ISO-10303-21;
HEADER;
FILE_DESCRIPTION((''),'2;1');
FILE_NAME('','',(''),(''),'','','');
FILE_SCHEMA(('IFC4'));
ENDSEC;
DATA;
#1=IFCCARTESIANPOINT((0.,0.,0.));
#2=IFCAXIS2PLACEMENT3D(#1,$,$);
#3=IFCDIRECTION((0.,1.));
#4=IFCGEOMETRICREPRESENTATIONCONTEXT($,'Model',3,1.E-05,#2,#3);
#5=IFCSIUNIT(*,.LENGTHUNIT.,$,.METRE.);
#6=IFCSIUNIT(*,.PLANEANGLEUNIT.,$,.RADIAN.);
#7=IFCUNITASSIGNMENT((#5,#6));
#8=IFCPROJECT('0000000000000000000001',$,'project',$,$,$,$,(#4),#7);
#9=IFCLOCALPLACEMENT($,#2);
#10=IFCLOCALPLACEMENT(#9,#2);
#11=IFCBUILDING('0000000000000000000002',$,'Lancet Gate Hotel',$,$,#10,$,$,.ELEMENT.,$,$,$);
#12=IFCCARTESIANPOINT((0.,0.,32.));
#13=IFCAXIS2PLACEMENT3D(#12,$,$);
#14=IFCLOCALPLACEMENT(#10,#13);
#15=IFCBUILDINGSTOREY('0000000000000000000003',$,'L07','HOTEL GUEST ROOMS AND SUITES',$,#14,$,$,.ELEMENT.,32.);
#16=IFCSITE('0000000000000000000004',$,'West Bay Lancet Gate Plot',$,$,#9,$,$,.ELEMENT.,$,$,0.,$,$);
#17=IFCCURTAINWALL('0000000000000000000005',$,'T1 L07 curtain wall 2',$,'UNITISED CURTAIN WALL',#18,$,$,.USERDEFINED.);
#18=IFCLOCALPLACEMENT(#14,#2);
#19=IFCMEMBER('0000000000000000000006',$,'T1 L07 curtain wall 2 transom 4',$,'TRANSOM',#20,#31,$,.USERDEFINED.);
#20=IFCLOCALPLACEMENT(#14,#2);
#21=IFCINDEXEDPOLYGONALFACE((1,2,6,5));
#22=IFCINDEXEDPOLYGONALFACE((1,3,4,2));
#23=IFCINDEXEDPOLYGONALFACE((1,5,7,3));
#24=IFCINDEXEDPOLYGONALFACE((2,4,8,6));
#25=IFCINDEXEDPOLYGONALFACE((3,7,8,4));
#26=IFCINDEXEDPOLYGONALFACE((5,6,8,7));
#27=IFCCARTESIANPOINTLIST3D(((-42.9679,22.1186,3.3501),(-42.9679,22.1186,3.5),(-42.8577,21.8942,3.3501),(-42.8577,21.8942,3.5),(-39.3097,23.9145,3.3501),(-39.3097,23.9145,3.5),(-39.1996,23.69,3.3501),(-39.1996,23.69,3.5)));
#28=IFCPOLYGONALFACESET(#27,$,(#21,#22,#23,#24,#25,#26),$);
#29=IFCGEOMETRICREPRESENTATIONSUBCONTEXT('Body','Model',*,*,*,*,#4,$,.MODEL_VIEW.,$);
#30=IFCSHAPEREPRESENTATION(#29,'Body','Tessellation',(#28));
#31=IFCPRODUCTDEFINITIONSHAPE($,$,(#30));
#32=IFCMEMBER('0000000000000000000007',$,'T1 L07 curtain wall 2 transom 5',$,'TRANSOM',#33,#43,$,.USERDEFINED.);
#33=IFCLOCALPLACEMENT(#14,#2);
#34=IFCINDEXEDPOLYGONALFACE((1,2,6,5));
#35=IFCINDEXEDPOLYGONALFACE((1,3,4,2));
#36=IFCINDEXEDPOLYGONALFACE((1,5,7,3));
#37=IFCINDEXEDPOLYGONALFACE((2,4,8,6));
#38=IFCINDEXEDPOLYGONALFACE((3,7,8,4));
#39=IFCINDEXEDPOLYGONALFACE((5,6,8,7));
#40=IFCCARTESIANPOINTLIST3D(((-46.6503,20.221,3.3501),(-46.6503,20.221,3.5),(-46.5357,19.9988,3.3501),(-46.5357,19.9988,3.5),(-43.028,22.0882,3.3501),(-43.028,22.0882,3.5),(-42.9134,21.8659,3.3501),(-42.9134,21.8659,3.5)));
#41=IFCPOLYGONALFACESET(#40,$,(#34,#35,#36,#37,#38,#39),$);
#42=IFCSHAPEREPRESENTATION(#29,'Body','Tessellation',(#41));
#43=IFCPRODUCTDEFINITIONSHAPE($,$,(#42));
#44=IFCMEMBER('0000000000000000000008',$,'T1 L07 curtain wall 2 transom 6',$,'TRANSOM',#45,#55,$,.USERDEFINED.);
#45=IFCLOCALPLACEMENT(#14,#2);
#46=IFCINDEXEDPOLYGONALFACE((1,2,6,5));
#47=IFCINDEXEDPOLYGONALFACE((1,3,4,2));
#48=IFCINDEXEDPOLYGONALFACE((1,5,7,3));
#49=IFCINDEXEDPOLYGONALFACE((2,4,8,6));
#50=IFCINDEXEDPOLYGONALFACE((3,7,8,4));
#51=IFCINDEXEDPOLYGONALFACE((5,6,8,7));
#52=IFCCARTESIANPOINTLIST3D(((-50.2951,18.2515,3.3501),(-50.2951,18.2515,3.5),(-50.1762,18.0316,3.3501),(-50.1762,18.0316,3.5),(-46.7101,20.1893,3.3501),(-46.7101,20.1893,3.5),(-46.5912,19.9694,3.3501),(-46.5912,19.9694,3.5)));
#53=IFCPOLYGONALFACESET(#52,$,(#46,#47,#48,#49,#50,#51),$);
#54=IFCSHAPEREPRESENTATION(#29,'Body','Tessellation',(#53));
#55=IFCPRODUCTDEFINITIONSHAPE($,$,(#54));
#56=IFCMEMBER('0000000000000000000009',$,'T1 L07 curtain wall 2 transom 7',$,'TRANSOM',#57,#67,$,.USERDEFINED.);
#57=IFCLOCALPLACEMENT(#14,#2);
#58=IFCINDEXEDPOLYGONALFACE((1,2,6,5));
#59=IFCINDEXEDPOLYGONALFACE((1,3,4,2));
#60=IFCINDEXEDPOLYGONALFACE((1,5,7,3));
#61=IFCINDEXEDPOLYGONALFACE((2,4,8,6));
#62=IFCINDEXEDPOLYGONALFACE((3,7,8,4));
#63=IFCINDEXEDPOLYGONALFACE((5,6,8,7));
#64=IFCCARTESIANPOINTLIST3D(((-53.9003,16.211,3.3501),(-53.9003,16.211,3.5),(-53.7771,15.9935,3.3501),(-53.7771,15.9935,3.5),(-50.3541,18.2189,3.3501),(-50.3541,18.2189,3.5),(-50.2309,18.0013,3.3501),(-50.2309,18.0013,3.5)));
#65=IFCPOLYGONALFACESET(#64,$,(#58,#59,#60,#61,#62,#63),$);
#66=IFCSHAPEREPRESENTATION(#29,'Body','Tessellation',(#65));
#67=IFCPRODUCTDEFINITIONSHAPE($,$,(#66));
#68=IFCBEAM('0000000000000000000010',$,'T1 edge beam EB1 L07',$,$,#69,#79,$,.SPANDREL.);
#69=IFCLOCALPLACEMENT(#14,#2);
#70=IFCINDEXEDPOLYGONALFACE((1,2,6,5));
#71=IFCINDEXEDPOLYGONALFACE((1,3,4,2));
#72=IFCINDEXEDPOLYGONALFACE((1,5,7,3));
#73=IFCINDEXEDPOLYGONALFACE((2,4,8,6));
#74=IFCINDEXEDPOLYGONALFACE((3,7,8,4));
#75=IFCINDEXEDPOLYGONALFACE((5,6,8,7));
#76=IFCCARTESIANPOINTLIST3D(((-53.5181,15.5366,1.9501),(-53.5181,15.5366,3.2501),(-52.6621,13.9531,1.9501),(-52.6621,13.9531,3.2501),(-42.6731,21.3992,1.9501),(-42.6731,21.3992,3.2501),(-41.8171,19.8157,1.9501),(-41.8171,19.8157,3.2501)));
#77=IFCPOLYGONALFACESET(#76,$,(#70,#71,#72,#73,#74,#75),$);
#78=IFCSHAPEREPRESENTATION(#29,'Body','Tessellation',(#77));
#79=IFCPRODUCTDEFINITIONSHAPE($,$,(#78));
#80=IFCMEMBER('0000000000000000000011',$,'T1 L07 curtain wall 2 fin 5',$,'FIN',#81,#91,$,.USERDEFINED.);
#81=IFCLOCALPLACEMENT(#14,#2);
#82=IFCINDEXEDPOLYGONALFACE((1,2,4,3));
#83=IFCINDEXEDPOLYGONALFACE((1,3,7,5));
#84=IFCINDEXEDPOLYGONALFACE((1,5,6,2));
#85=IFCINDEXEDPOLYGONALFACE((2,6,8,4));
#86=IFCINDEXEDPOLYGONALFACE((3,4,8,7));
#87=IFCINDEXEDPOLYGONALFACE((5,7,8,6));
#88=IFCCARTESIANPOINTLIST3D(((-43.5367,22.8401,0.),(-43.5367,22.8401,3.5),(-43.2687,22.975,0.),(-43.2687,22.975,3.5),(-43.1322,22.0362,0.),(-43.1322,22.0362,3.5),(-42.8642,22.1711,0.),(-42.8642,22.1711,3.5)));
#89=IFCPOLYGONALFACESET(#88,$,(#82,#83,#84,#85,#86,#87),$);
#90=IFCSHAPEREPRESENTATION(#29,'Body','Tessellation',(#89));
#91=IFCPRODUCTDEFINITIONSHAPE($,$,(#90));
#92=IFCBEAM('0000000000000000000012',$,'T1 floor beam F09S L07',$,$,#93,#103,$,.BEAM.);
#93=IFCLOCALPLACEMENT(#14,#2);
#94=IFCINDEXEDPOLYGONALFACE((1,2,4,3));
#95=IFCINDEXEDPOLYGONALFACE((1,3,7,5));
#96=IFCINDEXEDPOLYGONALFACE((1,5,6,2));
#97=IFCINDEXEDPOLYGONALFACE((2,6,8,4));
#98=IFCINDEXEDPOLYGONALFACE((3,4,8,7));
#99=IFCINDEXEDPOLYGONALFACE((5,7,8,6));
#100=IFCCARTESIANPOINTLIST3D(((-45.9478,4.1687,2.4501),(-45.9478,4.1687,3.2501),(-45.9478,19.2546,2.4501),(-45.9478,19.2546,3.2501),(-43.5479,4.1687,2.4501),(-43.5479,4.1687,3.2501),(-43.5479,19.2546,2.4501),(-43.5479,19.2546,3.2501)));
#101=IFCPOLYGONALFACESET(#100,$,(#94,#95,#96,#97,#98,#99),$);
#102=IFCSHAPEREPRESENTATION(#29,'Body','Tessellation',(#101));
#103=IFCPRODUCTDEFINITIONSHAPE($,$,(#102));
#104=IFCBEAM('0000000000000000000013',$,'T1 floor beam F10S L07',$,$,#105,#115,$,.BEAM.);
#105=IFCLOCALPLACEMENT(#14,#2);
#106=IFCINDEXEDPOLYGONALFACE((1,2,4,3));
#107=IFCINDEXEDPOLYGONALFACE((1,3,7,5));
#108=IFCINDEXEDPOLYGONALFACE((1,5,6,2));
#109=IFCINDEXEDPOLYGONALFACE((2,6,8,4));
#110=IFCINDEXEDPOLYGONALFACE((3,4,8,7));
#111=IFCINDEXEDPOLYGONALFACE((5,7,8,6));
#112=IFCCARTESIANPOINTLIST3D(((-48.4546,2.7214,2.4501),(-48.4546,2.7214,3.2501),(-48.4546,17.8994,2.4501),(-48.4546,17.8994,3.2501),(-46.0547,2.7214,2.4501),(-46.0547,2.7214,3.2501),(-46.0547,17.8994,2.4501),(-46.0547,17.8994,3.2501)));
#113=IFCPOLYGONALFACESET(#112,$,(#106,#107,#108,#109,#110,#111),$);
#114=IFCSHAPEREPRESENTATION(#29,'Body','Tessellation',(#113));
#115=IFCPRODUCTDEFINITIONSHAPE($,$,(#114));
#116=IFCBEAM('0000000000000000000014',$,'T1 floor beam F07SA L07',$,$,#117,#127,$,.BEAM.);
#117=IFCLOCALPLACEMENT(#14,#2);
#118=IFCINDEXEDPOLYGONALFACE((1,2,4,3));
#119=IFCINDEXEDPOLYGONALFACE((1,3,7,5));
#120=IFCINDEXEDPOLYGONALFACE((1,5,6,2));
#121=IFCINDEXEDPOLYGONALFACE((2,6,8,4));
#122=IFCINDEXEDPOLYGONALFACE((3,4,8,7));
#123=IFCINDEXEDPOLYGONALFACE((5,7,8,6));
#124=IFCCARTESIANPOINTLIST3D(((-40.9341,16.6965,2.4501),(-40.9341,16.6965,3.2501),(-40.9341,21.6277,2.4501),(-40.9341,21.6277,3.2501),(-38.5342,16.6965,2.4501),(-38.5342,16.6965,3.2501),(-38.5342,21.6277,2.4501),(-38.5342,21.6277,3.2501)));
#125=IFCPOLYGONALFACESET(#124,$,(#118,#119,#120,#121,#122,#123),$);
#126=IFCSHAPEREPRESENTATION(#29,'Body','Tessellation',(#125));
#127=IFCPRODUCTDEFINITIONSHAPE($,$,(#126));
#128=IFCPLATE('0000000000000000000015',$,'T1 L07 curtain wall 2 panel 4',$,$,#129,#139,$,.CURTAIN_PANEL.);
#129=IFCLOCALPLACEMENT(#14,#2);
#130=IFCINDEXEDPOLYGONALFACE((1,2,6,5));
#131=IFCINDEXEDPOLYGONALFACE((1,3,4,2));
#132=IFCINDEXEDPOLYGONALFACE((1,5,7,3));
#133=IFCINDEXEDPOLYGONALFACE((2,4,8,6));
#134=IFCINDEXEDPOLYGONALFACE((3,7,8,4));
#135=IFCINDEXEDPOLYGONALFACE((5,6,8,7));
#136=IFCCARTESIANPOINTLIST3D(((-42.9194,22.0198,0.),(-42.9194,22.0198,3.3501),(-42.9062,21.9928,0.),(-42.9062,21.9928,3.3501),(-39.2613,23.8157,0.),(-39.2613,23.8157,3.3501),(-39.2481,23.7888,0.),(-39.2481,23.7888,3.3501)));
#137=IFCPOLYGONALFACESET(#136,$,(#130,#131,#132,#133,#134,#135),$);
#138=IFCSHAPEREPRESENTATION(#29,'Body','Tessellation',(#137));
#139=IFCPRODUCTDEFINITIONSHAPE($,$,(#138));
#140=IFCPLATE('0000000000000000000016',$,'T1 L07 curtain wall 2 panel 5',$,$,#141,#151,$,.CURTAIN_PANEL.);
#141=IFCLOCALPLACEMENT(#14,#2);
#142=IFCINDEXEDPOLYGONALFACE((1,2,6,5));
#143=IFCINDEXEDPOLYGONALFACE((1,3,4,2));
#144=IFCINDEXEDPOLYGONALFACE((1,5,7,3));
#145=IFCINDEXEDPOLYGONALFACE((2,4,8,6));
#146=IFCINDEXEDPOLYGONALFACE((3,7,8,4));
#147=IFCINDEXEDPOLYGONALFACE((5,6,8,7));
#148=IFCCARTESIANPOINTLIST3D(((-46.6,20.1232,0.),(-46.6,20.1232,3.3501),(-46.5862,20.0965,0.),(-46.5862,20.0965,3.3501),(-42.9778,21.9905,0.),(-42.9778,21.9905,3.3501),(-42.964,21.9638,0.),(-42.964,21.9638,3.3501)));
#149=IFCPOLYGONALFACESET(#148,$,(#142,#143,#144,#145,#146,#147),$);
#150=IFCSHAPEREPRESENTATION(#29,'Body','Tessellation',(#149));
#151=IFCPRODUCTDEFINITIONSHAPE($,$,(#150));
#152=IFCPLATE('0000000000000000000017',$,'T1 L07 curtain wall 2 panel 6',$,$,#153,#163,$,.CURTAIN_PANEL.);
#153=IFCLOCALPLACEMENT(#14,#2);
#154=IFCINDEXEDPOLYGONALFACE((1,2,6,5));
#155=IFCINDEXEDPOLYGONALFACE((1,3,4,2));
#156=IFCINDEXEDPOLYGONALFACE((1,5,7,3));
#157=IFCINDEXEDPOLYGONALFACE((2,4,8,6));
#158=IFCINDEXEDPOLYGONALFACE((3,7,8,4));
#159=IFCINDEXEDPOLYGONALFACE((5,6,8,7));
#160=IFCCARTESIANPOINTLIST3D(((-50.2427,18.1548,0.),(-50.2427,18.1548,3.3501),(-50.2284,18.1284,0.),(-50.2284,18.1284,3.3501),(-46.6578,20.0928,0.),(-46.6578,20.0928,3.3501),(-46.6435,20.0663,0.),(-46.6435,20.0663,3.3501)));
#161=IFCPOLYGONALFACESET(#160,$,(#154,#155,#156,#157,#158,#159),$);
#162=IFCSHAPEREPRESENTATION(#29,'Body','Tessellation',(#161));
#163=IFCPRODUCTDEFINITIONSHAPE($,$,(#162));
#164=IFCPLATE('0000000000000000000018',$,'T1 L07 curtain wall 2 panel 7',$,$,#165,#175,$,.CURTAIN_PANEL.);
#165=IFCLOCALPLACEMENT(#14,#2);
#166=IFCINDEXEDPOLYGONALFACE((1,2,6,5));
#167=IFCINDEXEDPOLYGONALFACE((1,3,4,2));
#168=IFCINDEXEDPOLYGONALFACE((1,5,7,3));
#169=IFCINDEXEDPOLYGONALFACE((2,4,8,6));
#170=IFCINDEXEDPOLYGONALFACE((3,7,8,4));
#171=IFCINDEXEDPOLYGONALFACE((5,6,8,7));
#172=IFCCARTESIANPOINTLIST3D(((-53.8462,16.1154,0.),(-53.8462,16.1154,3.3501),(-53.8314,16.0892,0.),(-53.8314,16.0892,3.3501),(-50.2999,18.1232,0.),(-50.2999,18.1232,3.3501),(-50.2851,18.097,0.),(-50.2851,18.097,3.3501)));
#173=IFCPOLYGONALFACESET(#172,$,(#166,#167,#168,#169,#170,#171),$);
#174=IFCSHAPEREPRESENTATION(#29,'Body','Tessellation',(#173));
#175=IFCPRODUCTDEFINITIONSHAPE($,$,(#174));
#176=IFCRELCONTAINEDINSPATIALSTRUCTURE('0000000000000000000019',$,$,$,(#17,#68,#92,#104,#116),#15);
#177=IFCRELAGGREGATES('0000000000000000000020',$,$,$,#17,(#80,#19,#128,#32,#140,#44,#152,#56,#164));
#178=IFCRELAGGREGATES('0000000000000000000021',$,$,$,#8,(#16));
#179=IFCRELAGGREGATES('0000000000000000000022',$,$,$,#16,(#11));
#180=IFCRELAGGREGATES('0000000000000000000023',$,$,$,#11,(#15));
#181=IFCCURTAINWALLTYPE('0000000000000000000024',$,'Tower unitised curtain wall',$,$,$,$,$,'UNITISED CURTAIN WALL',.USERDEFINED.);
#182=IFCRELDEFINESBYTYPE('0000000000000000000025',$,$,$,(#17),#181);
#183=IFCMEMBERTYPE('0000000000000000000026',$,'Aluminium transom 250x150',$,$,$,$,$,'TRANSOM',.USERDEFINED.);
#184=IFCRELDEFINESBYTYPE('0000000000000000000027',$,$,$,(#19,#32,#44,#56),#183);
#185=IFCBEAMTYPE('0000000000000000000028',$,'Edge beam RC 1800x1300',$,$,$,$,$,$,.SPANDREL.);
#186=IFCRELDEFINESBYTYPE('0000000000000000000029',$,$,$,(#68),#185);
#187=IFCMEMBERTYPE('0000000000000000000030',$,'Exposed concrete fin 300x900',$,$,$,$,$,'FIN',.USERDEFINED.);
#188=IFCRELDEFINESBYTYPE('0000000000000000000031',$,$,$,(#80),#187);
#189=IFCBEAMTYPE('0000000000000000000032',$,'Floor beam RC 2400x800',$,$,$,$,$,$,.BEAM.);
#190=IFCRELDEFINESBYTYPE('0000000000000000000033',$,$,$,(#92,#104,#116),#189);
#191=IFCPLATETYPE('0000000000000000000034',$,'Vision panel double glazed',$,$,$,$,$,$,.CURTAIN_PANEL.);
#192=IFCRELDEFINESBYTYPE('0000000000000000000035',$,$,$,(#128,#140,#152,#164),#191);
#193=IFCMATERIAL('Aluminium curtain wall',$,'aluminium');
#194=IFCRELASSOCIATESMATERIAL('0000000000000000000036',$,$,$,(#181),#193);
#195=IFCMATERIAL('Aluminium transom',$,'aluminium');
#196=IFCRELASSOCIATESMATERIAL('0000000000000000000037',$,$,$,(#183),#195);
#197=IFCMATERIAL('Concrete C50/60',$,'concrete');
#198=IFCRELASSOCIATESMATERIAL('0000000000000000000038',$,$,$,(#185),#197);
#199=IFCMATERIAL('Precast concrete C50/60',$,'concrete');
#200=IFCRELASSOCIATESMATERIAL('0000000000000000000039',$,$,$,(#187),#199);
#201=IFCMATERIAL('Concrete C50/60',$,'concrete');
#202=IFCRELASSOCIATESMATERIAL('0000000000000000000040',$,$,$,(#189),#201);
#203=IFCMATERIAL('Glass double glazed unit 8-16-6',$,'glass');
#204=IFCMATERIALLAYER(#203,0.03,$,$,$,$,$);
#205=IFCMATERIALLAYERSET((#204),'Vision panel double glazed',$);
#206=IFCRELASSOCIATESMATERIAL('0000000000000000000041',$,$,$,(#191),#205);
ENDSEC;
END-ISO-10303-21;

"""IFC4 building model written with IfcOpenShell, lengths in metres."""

from ifc_helpers import new_model, si_unit, direction, frame, origin, origin_2d, place, context, subcontext, project, spatial, rectangle, extrude, material, layer, layer_set, material_profile, profile_set, type_object, element, aggregate, save


model = new_model("IFC4")

# Units and contexts
model_context = context("Model", 3, precision=1e-05, world=origin(), true_north=direction((0.0, 1.0)))
body_context = subcontext(model_context, "Body", "Model", "MODEL_VIEW")
ifc_project = project(units=[si_unit("LENGTHUNIT", "METRE"), si_unit("PLANEANGLEUNIT", "RADIAN")], contexts=[model_context])

# Site, building, storey
site_placement = place(None, origin())
site = spatial("IfcSite", under=ifc_project, at=site_placement, Name="West Bay Lancet Gate Plot", CompositionType="ELEMENT", RefElevation=0.0)
building_placement = place(site_placement, origin())
building = spatial("IfcBuilding", under=site, at=building_placement, Name="Lancet Gate Hotel", CompositionType="ELEMENT")
storey_placement = place(building_placement, frame((0.0, 0.0, 32.0)))
storey = spatial("IfcBuildingStorey", under=building, at=storey_placement, Name="L07", Description="HOTEL GUEST ROOMS AND SUITES", CompositionType="ELEMENT", Elevation=32.0)

# Curtain wall, members
ifc_material_1 = material(Name="Aluminium curtain wall", Category="aluminium")
curtain_wall_type = type_object("IfcCurtainWallType", Name="Tower unitised curtain wall", ElementType="UNITISED CURTAIN WALL", PredefinedType="USERDEFINED", material=ifc_material_1)
curtain_wall_placement = place(storey_placement, origin())
curtain_wall = element("IfcCurtainWall", 1, at=curtain_wall_placement, inside=storey, type_object=curtain_wall_type, Name="T1 L07 curtain wall 2", ObjectType="UNITISED CURTAIN WALL", PredefinedType="USERDEFINED")
ifc_material_2 = material(Name="Aluminium transom", Category="aluminium")
ifc_material_profile_1 = material_profile(ifc_material_2, rectangle(XDim=0.25, YDim=0.1499, at=origin_2d()), Name="TRANSOM 250x150")
ifc_profile_set_1 = profile_set([ifc_material_profile_1], Name="Aluminium transom")
member_type_1 = type_object("IfcMemberType", Name="Aluminium transom 250x150", ElementType="TRANSOM", PredefinedType="USERDEFINED", material=ifc_profile_set_1)
member_1_placement = place(storey_placement, frame((-39.2546, 23.8022, 3.425), z_axis=(-0.897662, -0.440684, 0.0), x_axis=(0.440684, -0.897662, 0.0)))
member_1 = element("IfcMember", 2, at=member_1_placement, type_object=member_type_1, Name="T1 L07 curtain wall 2 transom 4", ObjectType="TRANSOM", PredefinedType="USERDEFINED", context=body_context, shape_type="SweptSolid", body=[
    extrude(rectangle(XDim=0.25, YDim=0.1499, at=origin_2d()), origin(), (0.0, 0.0, 1.0), 4.0752),
])
member_2_placement = place(storey_placement, frame((-42.9707, 21.9771, 3.425), z_axis=(-0.88886, -0.458179, 0.0), x_axis=(0.458179, -0.88886, 0.0)))
member_2 = element("IfcMember", 3, at=member_2_placement, type_object=member_type_1, Name="T1 L07 curtain wall 2 transom 5", ObjectType="TRANSOM", PredefinedType="USERDEFINED", context=body_context, shape_type="SweptSolid", body=[
    extrude(rectangle(XDim=0.25, YDim=0.1499, at=origin_2d()), origin(), (0.0, 0.0, 1.0), 4.0752),
])
member_3_placement = place(storey_placement, frame((-46.6506, 20.0793, 3.425), z_axis=(-0.879714, -0.475503, 0.0), x_axis=(0.475503, -0.879714, 0.0)))
member_3 = element("IfcMember", 4, at=member_3_placement, type_object=member_type_1, Name="T1 L07 curtain wall 2 transom 6", ObjectType="TRANSOM", PredefinedType="USERDEFINED", context=body_context, shape_type="SweptSolid", body=[
    extrude(rectangle(XDim=0.25, YDim=0.1499, at=origin_2d()), origin(), (0.0, 0.0, 1.0), 4.0752),
])
member_4_placement = place(storey_placement, frame((-50.2925, 18.1101, 3.425), z_axis=(-0.870198, -0.492703, 0.0), x_axis=(0.492703, -0.870198, 0.0)))
member_4 = element("IfcMember", 5, at=member_4_placement, type_object=member_type_1, Name="T1 L07 curtain wall 2 transom 7", ObjectType="TRANSOM", PredefinedType="USERDEFINED", context=body_context, shape_type="SweptSolid", body=[
    extrude(rectangle(XDim=0.25, YDim=0.1499, at=origin_2d()), origin(), (0.0, 0.0, 1.0), 4.0752),
])

# Beam
ifc_material_3 = material(Name="Concrete C50/60", Category="concrete")
ifc_material_profile_2 = material_profile(ifc_material_3, rectangle(XDim=1.8, YDim=1.3, at=origin_2d()), Name="RC 1800x1300")
ifc_profile_set_2 = profile_set([ifc_material_profile_2], Name="Concrete C50/60")
beam_type_1 = type_object("IfcBeamType", Name="Edge beam RC 1800x1300", PredefinedType="SPANDREL", material=ifc_profile_set_2)
beam_1_placement = place(storey_placement, frame((-42.2451, 20.6074, 2.6001), z_axis=(-0.879693, -0.475542, 0.0), x_axis=(0.475542, -0.879693, 0.0)))
element("IfcBeam", 6, at=beam_1_placement, inside=storey, type_object=beam_type_1, Name="T1 edge beam EB1 L07", PredefinedType="SPANDREL", context=body_context, shape_type="SweptSolid", body=[
    extrude(rectangle(XDim=1.8, YDim=1.3, at=origin_2d()), origin(), (0.0, 0.0, 1.0), 12.3281),
])

# Member
ifc_material_4 = material(Name="Precast concrete C50/60", Category="concrete")
ifc_material_profile_3 = material_profile(ifc_material_4, rectangle(XDim=0.3, YDim=0.8999, at=origin_2d()), Name="FIN 300x900")
ifc_profile_set_3 = profile_set([ifc_material_profile_3], Name="Precast concrete C50/60")
member_type_2 = type_object("IfcMemberType", Name="Exposed concrete fin 300x900", ElementType="FIN", PredefinedType="USERDEFINED", material=ifc_profile_set_3)
member_5_placement = place(storey_placement, frame((-43.2004, 22.5056, 0.0), z_axis=(0.0, 0.0, 1.0), x_axis=(-0.893292, -0.449478, 0.0)))
member_5 = element("IfcMember", 7, at=member_5_placement, type_object=member_type_2, Name="T1 L07 curtain wall 2 fin 5", ObjectType="FIN", PredefinedType="USERDEFINED", context=body_context, shape_type="SweptSolid", body=[
    extrude(rectangle(XDim=0.3, YDim=0.8999, at=origin_2d()), origin(), (0.0, 0.0, 1.0), 3.5),
])

# Beams
ifc_material_5 = material(Name="Concrete C50/60", Category="concrete")
ifc_material_profile_4 = material_profile(ifc_material_5, rectangle(XDim=2.3999, YDim=0.8, at=origin_2d()), Name="RC 2400x800")
ifc_profile_set_4 = profile_set([ifc_material_profile_4], Name="Concrete C50/60")
beam_type_2 = type_object("IfcBeamType", Name="Floor beam RC 2400x800", PredefinedType="BEAM", material=ifc_profile_set_4)
beam_2_placement = place(storey_placement, frame((-44.7478, 19.2546, 2.8501), z_axis=(0.0, -1.0, 0.0), x_axis=(1.0, 0.0, 0.0)))
element("IfcBeam", 8, at=beam_2_placement, inside=storey, type_object=beam_type_2, Name="T1 floor beam F09S L07", PredefinedType="BEAM", context=body_context, shape_type="SweptSolid", body=[
    extrude(rectangle(XDim=2.3999, YDim=0.8, at=origin_2d()), origin(), (0.0, 0.0, 1.0), 15.0859),
])
beam_3_placement = place(storey_placement, frame((-47.2546, 17.8994, 2.8501), z_axis=(0.0, -1.0, 0.0), x_axis=(1.0, 0.0, 0.0)))
element("IfcBeam", 9, at=beam_3_placement, inside=storey, type_object=beam_type_2, Name="T1 floor beam F10S L07", PredefinedType="BEAM", context=body_context, shape_type="SweptSolid", body=[
    extrude(rectangle(XDim=2.3999, YDim=0.8, at=origin_2d()), origin(), (0.0, 0.0, 1.0), 15.178),
])
beam_4_placement = place(storey_placement, frame((-39.7341, 21.6277, 2.8501), z_axis=(0.0, -1.0, 0.0), x_axis=(1.0, 0.0, 0.0)))
element("IfcBeam", 10, at=beam_4_placement, inside=storey, type_object=beam_type_2, Name="T1 floor beam F07SA L07", PredefinedType="BEAM", context=body_context, shape_type="SweptSolid", body=[
    extrude(rectangle(XDim=2.3999, YDim=0.8, at=origin_2d()), origin(), (0.0, 0.0, 1.0), 4.9312),
])

# Plates
ifc_material_6 = material(Name="Glass double glazed unit 8-16-6", Category="glass")
ifc_layer = layer(ifc_material_6, 0.03)
ifc_layer_set = layer_set([ifc_layer], Name="Vision panel double glazed")
plate_type = type_object("IfcPlateType", Name="Vision panel double glazed", PredefinedType="CURTAIN_PANEL", material=ifc_layer_set)
plate_1_placement = place(storey_placement, frame((-41.0837, 22.9043, 0.0), z_axis=(0.0, 0.0, 1.0), x_axis=(-0.897653, -0.440702, 0.0)))
plate_1 = element("IfcPlate", 11, at=plate_1_placement, type_object=plate_type, Name="T1 L07 curtain wall 2 panel 4", PredefinedType="CURTAIN_PANEL", context=body_context, shape_type="SweptSolid", body=[
    extrude(rectangle(XDim=4.0752, YDim=0.03, at=origin_2d()), origin(), (0.0, 0.0, 1.0), 3.3501),
])
plate_2_placement = place(storey_placement, frame((-44.782, 21.0435, 0.0), z_axis=(0.0, 0.0, 1.0), x_axis=(-0.888844, -0.45821, 0.0)))
plate_2 = element("IfcPlate", 12, at=plate_2_placement, type_object=plate_type, Name="T1 L07 curtain wall 2 panel 5", PredefinedType="CURTAIN_PANEL", context=body_context, shape_type="SweptSolid", body=[
    extrude(rectangle(XDim=4.0752, YDim=0.03, at=origin_2d()), origin(), (0.0, 0.0, 1.0), 3.3501),
])
plate_3_placement = place(storey_placement, frame((-48.4431, 19.1106, 0.0), z_axis=(0.0, 0.0, 1.0), x_axis=(-0.879693, -0.475541, 0.0)))
plate_3 = element("IfcPlate", 13, at=plate_3_placement, type_object=plate_type, Name="T1 L07 curtain wall 2 panel 6", PredefinedType="CURTAIN_PANEL", context=body_context, shape_type="SweptSolid", body=[
    extrude(rectangle(XDim=4.0752, YDim=0.03, at=origin_2d()), origin(), (0.0, 0.0, 1.0), 3.3501),
])
plate_4_placement = place(storey_placement, frame((-52.0657, 17.1062, 0.0), z_axis=(0.0, 0.0, 1.0), x_axis=(-0.870205, -0.49269, 0.0)))
plate_4 = element("IfcPlate", 14, at=plate_4_placement, type_object=plate_type, Name="T1 L07 curtain wall 2 panel 7", PredefinedType="CURTAIN_PANEL", context=body_context, shape_type="SweptSolid", body=[
    extrude(rectangle(XDim=4.0752, YDim=0.03, at=origin_2d()), origin(), (0.0, 0.0, 1.0), 3.3501),
])
aggregate(curtain_wall, [member_5, member_1, plate_1, member_2, plate_2, member_3, plate_3, member_4, plate_4])

save(model, "model.ifc")
